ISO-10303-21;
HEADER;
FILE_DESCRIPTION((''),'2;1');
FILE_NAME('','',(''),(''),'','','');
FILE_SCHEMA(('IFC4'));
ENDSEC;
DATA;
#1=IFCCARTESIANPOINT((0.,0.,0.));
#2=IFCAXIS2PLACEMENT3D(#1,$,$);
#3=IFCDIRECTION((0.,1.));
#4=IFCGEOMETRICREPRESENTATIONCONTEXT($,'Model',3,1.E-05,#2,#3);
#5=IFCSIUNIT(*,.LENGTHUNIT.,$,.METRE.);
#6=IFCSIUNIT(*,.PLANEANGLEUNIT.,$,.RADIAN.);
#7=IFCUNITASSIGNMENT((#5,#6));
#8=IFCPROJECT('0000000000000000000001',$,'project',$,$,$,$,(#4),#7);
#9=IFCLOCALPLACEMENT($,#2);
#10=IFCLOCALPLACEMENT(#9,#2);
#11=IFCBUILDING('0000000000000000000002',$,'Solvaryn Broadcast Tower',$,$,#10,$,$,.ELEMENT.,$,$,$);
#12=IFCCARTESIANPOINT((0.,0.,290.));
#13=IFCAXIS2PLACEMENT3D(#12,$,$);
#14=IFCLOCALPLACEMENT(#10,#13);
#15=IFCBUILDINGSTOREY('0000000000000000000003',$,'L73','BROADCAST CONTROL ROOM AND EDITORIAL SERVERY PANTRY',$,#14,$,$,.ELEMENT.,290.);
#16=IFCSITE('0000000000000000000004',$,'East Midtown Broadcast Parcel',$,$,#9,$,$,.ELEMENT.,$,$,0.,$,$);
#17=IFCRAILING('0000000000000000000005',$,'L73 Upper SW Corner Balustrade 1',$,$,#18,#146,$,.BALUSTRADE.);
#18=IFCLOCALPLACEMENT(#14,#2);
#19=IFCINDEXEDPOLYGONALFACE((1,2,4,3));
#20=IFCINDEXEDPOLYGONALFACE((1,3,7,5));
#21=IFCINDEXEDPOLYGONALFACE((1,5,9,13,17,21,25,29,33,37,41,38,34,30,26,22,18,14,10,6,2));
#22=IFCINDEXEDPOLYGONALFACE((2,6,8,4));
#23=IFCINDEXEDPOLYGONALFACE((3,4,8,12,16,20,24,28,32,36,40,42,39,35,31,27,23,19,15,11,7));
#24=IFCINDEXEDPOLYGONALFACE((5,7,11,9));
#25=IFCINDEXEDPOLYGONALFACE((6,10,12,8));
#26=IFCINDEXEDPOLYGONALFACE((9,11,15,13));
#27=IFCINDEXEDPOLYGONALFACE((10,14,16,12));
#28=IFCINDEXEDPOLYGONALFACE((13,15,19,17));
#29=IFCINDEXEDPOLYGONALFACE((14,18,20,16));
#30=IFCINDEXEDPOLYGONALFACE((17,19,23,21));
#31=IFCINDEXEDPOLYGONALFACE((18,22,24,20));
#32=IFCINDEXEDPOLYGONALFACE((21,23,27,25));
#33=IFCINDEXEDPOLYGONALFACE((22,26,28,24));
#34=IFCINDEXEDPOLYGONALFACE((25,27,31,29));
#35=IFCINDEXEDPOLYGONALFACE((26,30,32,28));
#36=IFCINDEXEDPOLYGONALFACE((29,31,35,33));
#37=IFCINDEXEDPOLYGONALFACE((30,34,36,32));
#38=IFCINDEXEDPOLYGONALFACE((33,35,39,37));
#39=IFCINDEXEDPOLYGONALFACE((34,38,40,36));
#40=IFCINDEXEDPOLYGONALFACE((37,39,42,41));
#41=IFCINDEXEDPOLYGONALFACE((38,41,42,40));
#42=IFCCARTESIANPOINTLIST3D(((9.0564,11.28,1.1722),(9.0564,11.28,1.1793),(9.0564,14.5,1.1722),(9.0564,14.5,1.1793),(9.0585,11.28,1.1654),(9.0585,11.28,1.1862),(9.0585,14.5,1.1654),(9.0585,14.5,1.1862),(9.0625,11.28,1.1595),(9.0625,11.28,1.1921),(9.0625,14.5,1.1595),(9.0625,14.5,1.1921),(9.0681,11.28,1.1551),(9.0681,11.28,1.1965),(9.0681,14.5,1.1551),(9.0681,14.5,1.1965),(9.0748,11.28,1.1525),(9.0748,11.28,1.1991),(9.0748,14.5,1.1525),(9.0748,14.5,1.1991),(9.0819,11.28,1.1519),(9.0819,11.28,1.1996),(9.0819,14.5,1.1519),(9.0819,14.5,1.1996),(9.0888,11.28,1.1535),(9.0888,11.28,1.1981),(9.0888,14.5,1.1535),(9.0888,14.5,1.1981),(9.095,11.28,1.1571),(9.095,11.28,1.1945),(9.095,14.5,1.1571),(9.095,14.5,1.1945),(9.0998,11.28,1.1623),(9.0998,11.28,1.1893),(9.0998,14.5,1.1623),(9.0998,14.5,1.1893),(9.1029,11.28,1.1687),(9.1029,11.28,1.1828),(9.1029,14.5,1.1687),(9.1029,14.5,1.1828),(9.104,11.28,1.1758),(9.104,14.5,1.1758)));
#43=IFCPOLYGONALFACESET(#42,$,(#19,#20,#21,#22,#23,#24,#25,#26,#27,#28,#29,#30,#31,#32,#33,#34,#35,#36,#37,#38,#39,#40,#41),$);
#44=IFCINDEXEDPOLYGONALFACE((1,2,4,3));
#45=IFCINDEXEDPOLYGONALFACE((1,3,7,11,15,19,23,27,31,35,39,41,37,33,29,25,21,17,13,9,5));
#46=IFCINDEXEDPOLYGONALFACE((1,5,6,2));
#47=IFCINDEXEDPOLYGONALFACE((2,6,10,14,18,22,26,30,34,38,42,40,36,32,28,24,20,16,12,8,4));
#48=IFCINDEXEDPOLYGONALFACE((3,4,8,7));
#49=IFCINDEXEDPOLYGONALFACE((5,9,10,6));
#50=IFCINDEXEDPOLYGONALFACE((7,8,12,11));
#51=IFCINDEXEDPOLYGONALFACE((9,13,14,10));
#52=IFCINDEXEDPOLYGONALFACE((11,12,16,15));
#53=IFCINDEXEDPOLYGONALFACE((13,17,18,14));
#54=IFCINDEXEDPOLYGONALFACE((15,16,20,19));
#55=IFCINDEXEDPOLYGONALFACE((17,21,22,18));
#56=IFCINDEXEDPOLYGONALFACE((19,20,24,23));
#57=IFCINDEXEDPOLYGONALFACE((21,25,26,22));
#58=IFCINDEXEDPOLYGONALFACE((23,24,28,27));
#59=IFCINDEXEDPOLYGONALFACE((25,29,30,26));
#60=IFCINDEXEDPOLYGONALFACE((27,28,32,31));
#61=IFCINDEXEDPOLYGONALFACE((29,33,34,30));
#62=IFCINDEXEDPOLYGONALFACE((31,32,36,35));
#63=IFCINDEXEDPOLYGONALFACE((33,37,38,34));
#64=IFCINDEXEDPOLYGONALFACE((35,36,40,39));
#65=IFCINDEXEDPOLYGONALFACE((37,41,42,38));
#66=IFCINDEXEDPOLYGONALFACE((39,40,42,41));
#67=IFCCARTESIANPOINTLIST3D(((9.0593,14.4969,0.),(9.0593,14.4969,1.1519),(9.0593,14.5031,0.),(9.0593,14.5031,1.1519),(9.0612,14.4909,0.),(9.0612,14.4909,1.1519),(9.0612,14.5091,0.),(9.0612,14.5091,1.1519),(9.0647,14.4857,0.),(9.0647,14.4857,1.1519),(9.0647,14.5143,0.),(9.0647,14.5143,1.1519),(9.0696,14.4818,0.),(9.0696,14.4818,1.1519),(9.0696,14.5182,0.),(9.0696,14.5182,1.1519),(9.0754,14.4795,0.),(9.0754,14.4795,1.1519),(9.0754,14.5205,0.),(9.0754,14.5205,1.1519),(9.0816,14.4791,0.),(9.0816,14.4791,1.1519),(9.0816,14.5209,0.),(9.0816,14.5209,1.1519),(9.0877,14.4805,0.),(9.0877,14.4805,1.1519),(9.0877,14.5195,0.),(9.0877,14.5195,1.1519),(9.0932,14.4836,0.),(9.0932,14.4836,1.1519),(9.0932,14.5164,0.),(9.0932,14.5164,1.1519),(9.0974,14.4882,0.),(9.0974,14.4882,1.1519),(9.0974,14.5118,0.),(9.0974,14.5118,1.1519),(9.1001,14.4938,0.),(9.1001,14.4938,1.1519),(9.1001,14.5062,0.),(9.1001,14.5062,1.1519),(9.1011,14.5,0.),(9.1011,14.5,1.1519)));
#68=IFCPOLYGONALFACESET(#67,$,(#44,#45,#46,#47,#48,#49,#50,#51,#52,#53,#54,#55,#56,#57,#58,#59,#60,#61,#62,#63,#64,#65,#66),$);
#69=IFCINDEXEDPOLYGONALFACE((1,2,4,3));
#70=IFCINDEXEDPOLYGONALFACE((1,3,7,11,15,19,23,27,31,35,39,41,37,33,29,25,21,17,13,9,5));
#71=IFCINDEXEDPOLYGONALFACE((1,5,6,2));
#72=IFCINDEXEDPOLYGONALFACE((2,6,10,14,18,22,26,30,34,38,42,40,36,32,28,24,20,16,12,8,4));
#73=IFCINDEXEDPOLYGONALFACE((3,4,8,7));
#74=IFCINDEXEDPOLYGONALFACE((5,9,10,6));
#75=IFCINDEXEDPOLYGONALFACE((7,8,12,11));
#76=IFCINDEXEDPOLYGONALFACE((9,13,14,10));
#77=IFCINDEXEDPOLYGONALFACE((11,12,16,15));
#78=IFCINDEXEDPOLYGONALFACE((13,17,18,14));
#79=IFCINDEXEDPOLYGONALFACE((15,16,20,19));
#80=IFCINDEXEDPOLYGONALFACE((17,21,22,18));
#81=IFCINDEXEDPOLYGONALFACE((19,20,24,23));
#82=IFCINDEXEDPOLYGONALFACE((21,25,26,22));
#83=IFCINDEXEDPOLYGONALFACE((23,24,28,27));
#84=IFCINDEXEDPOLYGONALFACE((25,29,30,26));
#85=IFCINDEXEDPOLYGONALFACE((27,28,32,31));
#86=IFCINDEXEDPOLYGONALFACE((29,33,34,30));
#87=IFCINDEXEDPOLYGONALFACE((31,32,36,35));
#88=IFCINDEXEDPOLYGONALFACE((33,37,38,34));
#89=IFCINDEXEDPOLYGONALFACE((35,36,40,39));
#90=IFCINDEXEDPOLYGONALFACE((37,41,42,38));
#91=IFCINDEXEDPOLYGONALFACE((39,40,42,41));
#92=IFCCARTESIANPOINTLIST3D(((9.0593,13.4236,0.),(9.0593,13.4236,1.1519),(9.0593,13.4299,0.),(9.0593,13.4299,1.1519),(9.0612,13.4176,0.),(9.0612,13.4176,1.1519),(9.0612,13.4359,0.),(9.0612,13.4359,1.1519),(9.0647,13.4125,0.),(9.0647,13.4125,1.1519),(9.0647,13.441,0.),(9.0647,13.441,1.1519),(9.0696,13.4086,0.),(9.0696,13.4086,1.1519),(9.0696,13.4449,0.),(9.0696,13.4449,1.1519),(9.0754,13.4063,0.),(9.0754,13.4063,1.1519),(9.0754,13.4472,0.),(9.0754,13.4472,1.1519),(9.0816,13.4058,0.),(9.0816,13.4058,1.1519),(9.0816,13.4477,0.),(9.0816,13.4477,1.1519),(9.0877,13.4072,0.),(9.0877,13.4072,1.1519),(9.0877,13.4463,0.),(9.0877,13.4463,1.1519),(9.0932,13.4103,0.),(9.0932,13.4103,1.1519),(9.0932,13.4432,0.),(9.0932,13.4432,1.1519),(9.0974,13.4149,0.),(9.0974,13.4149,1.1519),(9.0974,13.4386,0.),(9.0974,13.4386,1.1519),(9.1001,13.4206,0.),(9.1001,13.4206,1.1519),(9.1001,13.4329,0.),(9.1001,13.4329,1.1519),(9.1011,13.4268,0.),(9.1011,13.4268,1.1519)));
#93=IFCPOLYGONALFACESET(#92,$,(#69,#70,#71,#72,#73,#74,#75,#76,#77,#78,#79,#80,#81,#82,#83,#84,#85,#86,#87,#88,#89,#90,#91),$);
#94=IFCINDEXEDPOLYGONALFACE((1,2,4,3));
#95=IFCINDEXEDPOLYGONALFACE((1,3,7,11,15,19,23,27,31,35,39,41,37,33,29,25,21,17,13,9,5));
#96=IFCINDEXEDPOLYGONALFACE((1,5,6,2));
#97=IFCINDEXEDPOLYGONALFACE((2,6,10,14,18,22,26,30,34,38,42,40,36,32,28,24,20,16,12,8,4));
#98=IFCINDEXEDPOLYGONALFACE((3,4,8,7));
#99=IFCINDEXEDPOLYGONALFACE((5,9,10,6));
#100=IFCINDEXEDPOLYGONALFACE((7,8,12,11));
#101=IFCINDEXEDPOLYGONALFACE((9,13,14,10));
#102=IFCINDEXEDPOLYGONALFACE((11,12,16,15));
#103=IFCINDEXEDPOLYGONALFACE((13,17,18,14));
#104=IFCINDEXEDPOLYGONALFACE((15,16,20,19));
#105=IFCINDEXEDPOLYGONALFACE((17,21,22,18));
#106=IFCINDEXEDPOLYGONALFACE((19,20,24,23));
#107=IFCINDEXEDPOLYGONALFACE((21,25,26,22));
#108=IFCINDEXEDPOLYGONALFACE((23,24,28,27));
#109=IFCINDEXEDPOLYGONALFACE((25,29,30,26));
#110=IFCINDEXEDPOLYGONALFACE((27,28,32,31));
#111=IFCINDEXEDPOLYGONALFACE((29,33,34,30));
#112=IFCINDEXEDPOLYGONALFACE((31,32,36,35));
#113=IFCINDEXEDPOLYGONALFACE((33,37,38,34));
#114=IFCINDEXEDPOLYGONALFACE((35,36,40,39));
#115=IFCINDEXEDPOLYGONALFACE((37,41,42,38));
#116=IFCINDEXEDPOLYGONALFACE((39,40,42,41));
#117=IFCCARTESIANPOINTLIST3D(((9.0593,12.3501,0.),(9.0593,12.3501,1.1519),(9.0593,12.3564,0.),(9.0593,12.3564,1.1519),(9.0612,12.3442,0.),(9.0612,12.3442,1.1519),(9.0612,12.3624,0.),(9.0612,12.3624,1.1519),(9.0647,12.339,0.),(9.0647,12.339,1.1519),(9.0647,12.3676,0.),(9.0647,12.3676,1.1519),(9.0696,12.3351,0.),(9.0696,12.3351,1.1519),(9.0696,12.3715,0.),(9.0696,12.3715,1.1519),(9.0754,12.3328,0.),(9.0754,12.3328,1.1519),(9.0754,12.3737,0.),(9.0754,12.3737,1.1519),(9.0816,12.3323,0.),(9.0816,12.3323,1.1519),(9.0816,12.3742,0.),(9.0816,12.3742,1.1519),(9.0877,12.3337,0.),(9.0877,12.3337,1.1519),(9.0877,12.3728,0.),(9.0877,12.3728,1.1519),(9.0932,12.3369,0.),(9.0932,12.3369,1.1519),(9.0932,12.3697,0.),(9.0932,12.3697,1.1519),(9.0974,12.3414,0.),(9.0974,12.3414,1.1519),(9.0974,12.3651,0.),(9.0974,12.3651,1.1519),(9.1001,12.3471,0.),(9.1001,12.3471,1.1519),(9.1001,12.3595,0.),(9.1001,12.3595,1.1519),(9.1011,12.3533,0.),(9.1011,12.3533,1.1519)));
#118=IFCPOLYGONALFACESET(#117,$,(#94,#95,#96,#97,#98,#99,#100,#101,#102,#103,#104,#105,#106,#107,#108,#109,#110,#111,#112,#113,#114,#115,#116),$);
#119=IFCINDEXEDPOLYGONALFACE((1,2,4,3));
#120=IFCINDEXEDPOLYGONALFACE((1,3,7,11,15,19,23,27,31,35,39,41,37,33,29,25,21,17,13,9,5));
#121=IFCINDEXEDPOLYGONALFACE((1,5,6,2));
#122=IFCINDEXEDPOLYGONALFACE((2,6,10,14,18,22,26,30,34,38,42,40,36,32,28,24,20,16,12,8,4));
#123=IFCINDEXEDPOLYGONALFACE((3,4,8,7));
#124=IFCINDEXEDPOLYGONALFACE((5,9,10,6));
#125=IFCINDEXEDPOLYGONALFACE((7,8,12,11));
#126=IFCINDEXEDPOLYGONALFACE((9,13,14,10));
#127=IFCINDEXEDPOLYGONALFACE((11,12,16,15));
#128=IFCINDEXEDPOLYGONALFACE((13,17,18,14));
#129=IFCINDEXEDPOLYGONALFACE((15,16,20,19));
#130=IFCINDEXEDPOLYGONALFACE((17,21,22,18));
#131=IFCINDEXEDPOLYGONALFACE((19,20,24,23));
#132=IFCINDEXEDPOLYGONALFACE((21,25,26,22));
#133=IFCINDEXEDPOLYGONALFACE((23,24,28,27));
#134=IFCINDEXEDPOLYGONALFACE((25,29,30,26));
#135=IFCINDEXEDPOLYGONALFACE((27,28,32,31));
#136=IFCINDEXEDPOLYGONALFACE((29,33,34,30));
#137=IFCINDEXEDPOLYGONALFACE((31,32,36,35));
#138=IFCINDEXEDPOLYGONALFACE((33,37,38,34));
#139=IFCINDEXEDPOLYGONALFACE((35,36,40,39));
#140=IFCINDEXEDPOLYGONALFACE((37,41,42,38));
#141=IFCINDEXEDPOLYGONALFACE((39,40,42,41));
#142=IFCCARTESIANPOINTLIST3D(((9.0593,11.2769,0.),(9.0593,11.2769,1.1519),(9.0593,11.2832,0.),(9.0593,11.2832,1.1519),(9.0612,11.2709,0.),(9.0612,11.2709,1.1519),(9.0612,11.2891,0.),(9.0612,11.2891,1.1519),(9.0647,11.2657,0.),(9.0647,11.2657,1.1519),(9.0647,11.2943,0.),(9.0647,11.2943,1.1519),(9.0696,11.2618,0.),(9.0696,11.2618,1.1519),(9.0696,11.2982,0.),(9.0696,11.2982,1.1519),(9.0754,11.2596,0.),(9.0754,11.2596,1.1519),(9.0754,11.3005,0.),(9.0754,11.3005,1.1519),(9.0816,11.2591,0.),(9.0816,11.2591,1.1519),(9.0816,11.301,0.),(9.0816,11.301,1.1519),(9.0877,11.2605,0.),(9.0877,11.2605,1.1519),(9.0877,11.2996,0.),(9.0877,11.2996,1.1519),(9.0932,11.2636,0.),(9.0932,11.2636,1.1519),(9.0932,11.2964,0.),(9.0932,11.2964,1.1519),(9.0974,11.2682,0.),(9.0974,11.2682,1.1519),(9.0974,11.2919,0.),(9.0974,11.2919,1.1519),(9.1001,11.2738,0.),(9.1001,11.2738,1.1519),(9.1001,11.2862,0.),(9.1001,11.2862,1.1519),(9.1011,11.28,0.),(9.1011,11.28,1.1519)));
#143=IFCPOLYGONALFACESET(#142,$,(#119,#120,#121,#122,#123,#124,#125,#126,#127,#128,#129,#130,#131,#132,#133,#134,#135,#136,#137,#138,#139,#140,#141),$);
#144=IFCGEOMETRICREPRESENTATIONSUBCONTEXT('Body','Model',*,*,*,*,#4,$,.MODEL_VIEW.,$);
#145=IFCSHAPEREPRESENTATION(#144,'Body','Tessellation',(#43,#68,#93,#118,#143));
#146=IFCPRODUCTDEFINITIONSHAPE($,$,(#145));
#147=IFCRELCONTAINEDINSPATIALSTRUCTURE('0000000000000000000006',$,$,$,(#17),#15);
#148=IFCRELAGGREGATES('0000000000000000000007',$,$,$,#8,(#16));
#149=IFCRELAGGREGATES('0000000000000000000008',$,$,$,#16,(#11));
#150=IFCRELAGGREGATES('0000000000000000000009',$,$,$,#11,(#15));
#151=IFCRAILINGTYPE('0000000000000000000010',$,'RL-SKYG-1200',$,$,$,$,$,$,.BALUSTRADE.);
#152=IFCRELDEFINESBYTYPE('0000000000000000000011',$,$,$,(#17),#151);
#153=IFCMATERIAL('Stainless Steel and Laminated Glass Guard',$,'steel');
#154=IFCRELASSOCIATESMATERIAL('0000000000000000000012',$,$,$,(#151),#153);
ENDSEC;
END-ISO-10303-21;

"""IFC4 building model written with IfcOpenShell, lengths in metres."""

from ifc_helpers import new_model, si_unit, direction, frame, origin, origin_2d, place, context, subcontext, project, spatial, circle, extrude, material, type_object, element, save


model = new_model("IFC4")

# Units and contexts
model_context = context("Model", 3, precision=1e-05, world=origin(), true_north=direction((0.0, 1.0)))
body_context = subcontext(model_context, "Body", "Model", "MODEL_VIEW")
ifc_project = project(units=[si_unit("LENGTHUNIT", "METRE"), si_unit("PLANEANGLEUNIT", "RADIAN")], contexts=[model_context])

# Site, building, storey
site_placement = place(None, origin())
site = spatial("IfcSite", under=ifc_project, at=site_placement, Name="East Midtown Broadcast Parcel", CompositionType="ELEMENT", RefElevation=0.0)
building_placement = place(site_placement, origin())
building = spatial("IfcBuilding", under=site, at=building_placement, Name="Solvaryn Broadcast Tower", CompositionType="ELEMENT")
storey_placement = place(building_placement, frame((0.0, 0.0, 290.0)))
storey = spatial("IfcBuildingStorey", under=building, at=storey_placement, Name="L73", Description="BROADCAST CONTROL ROOM AND EDITORIAL SERVERY PANTRY", CompositionType="ELEMENT", Elevation=290.0)

# Railing
ifc_material_1 = material(Name="Stainless Steel and Laminated Glass Guard", Category="steel")
railing_type = type_object("IfcRailingType", Name="RL-SKYG-1200", PredefinedType="BALUSTRADE", material=ifc_material_1)
railing_1_placement = place(storey_placement, frame((9.0801, 14.5, 0.0)))
element("IfcRailing", 1, at=railing_1_placement, inside=storey, type_object=railing_type, Name="L73 Upper SW Corner Balustrade 1", PredefinedType="BALUSTRADE", context=body_context, shape_type="SweptSolid", body=[
    extrude(circle(Radius=0.0239, at=origin_2d()), frame((0.0, 0.0, 1.1758), z_axis=(0.0, -1.0, 0.0), x_axis=(1.0, 0.0, 0.0)), (0.0, 0.0, 1.0), 3.22),
    extrude(circle(Radius=0.021, at=origin_2d()), origin(), (0.0, 0.0, 1.0), 1.1519),
    extrude(circle(Radius=0.021, at=origin_2d()), frame((0.0, -1.0732, 0.0)), (0.0, 0.0, 1.0), 1.1519),
    extrude(circle(Radius=0.021, at=origin_2d()), frame((0.0, -2.1467, 0.0)), (0.0, 0.0, 1.0), 1.1519),
    extrude(circle(Radius=0.021, at=origin_2d()), frame((0.0, -3.22, 0.0)), (0.0, 0.0, 1.0), 1.1519),
])

save(model, "model.ifc")
